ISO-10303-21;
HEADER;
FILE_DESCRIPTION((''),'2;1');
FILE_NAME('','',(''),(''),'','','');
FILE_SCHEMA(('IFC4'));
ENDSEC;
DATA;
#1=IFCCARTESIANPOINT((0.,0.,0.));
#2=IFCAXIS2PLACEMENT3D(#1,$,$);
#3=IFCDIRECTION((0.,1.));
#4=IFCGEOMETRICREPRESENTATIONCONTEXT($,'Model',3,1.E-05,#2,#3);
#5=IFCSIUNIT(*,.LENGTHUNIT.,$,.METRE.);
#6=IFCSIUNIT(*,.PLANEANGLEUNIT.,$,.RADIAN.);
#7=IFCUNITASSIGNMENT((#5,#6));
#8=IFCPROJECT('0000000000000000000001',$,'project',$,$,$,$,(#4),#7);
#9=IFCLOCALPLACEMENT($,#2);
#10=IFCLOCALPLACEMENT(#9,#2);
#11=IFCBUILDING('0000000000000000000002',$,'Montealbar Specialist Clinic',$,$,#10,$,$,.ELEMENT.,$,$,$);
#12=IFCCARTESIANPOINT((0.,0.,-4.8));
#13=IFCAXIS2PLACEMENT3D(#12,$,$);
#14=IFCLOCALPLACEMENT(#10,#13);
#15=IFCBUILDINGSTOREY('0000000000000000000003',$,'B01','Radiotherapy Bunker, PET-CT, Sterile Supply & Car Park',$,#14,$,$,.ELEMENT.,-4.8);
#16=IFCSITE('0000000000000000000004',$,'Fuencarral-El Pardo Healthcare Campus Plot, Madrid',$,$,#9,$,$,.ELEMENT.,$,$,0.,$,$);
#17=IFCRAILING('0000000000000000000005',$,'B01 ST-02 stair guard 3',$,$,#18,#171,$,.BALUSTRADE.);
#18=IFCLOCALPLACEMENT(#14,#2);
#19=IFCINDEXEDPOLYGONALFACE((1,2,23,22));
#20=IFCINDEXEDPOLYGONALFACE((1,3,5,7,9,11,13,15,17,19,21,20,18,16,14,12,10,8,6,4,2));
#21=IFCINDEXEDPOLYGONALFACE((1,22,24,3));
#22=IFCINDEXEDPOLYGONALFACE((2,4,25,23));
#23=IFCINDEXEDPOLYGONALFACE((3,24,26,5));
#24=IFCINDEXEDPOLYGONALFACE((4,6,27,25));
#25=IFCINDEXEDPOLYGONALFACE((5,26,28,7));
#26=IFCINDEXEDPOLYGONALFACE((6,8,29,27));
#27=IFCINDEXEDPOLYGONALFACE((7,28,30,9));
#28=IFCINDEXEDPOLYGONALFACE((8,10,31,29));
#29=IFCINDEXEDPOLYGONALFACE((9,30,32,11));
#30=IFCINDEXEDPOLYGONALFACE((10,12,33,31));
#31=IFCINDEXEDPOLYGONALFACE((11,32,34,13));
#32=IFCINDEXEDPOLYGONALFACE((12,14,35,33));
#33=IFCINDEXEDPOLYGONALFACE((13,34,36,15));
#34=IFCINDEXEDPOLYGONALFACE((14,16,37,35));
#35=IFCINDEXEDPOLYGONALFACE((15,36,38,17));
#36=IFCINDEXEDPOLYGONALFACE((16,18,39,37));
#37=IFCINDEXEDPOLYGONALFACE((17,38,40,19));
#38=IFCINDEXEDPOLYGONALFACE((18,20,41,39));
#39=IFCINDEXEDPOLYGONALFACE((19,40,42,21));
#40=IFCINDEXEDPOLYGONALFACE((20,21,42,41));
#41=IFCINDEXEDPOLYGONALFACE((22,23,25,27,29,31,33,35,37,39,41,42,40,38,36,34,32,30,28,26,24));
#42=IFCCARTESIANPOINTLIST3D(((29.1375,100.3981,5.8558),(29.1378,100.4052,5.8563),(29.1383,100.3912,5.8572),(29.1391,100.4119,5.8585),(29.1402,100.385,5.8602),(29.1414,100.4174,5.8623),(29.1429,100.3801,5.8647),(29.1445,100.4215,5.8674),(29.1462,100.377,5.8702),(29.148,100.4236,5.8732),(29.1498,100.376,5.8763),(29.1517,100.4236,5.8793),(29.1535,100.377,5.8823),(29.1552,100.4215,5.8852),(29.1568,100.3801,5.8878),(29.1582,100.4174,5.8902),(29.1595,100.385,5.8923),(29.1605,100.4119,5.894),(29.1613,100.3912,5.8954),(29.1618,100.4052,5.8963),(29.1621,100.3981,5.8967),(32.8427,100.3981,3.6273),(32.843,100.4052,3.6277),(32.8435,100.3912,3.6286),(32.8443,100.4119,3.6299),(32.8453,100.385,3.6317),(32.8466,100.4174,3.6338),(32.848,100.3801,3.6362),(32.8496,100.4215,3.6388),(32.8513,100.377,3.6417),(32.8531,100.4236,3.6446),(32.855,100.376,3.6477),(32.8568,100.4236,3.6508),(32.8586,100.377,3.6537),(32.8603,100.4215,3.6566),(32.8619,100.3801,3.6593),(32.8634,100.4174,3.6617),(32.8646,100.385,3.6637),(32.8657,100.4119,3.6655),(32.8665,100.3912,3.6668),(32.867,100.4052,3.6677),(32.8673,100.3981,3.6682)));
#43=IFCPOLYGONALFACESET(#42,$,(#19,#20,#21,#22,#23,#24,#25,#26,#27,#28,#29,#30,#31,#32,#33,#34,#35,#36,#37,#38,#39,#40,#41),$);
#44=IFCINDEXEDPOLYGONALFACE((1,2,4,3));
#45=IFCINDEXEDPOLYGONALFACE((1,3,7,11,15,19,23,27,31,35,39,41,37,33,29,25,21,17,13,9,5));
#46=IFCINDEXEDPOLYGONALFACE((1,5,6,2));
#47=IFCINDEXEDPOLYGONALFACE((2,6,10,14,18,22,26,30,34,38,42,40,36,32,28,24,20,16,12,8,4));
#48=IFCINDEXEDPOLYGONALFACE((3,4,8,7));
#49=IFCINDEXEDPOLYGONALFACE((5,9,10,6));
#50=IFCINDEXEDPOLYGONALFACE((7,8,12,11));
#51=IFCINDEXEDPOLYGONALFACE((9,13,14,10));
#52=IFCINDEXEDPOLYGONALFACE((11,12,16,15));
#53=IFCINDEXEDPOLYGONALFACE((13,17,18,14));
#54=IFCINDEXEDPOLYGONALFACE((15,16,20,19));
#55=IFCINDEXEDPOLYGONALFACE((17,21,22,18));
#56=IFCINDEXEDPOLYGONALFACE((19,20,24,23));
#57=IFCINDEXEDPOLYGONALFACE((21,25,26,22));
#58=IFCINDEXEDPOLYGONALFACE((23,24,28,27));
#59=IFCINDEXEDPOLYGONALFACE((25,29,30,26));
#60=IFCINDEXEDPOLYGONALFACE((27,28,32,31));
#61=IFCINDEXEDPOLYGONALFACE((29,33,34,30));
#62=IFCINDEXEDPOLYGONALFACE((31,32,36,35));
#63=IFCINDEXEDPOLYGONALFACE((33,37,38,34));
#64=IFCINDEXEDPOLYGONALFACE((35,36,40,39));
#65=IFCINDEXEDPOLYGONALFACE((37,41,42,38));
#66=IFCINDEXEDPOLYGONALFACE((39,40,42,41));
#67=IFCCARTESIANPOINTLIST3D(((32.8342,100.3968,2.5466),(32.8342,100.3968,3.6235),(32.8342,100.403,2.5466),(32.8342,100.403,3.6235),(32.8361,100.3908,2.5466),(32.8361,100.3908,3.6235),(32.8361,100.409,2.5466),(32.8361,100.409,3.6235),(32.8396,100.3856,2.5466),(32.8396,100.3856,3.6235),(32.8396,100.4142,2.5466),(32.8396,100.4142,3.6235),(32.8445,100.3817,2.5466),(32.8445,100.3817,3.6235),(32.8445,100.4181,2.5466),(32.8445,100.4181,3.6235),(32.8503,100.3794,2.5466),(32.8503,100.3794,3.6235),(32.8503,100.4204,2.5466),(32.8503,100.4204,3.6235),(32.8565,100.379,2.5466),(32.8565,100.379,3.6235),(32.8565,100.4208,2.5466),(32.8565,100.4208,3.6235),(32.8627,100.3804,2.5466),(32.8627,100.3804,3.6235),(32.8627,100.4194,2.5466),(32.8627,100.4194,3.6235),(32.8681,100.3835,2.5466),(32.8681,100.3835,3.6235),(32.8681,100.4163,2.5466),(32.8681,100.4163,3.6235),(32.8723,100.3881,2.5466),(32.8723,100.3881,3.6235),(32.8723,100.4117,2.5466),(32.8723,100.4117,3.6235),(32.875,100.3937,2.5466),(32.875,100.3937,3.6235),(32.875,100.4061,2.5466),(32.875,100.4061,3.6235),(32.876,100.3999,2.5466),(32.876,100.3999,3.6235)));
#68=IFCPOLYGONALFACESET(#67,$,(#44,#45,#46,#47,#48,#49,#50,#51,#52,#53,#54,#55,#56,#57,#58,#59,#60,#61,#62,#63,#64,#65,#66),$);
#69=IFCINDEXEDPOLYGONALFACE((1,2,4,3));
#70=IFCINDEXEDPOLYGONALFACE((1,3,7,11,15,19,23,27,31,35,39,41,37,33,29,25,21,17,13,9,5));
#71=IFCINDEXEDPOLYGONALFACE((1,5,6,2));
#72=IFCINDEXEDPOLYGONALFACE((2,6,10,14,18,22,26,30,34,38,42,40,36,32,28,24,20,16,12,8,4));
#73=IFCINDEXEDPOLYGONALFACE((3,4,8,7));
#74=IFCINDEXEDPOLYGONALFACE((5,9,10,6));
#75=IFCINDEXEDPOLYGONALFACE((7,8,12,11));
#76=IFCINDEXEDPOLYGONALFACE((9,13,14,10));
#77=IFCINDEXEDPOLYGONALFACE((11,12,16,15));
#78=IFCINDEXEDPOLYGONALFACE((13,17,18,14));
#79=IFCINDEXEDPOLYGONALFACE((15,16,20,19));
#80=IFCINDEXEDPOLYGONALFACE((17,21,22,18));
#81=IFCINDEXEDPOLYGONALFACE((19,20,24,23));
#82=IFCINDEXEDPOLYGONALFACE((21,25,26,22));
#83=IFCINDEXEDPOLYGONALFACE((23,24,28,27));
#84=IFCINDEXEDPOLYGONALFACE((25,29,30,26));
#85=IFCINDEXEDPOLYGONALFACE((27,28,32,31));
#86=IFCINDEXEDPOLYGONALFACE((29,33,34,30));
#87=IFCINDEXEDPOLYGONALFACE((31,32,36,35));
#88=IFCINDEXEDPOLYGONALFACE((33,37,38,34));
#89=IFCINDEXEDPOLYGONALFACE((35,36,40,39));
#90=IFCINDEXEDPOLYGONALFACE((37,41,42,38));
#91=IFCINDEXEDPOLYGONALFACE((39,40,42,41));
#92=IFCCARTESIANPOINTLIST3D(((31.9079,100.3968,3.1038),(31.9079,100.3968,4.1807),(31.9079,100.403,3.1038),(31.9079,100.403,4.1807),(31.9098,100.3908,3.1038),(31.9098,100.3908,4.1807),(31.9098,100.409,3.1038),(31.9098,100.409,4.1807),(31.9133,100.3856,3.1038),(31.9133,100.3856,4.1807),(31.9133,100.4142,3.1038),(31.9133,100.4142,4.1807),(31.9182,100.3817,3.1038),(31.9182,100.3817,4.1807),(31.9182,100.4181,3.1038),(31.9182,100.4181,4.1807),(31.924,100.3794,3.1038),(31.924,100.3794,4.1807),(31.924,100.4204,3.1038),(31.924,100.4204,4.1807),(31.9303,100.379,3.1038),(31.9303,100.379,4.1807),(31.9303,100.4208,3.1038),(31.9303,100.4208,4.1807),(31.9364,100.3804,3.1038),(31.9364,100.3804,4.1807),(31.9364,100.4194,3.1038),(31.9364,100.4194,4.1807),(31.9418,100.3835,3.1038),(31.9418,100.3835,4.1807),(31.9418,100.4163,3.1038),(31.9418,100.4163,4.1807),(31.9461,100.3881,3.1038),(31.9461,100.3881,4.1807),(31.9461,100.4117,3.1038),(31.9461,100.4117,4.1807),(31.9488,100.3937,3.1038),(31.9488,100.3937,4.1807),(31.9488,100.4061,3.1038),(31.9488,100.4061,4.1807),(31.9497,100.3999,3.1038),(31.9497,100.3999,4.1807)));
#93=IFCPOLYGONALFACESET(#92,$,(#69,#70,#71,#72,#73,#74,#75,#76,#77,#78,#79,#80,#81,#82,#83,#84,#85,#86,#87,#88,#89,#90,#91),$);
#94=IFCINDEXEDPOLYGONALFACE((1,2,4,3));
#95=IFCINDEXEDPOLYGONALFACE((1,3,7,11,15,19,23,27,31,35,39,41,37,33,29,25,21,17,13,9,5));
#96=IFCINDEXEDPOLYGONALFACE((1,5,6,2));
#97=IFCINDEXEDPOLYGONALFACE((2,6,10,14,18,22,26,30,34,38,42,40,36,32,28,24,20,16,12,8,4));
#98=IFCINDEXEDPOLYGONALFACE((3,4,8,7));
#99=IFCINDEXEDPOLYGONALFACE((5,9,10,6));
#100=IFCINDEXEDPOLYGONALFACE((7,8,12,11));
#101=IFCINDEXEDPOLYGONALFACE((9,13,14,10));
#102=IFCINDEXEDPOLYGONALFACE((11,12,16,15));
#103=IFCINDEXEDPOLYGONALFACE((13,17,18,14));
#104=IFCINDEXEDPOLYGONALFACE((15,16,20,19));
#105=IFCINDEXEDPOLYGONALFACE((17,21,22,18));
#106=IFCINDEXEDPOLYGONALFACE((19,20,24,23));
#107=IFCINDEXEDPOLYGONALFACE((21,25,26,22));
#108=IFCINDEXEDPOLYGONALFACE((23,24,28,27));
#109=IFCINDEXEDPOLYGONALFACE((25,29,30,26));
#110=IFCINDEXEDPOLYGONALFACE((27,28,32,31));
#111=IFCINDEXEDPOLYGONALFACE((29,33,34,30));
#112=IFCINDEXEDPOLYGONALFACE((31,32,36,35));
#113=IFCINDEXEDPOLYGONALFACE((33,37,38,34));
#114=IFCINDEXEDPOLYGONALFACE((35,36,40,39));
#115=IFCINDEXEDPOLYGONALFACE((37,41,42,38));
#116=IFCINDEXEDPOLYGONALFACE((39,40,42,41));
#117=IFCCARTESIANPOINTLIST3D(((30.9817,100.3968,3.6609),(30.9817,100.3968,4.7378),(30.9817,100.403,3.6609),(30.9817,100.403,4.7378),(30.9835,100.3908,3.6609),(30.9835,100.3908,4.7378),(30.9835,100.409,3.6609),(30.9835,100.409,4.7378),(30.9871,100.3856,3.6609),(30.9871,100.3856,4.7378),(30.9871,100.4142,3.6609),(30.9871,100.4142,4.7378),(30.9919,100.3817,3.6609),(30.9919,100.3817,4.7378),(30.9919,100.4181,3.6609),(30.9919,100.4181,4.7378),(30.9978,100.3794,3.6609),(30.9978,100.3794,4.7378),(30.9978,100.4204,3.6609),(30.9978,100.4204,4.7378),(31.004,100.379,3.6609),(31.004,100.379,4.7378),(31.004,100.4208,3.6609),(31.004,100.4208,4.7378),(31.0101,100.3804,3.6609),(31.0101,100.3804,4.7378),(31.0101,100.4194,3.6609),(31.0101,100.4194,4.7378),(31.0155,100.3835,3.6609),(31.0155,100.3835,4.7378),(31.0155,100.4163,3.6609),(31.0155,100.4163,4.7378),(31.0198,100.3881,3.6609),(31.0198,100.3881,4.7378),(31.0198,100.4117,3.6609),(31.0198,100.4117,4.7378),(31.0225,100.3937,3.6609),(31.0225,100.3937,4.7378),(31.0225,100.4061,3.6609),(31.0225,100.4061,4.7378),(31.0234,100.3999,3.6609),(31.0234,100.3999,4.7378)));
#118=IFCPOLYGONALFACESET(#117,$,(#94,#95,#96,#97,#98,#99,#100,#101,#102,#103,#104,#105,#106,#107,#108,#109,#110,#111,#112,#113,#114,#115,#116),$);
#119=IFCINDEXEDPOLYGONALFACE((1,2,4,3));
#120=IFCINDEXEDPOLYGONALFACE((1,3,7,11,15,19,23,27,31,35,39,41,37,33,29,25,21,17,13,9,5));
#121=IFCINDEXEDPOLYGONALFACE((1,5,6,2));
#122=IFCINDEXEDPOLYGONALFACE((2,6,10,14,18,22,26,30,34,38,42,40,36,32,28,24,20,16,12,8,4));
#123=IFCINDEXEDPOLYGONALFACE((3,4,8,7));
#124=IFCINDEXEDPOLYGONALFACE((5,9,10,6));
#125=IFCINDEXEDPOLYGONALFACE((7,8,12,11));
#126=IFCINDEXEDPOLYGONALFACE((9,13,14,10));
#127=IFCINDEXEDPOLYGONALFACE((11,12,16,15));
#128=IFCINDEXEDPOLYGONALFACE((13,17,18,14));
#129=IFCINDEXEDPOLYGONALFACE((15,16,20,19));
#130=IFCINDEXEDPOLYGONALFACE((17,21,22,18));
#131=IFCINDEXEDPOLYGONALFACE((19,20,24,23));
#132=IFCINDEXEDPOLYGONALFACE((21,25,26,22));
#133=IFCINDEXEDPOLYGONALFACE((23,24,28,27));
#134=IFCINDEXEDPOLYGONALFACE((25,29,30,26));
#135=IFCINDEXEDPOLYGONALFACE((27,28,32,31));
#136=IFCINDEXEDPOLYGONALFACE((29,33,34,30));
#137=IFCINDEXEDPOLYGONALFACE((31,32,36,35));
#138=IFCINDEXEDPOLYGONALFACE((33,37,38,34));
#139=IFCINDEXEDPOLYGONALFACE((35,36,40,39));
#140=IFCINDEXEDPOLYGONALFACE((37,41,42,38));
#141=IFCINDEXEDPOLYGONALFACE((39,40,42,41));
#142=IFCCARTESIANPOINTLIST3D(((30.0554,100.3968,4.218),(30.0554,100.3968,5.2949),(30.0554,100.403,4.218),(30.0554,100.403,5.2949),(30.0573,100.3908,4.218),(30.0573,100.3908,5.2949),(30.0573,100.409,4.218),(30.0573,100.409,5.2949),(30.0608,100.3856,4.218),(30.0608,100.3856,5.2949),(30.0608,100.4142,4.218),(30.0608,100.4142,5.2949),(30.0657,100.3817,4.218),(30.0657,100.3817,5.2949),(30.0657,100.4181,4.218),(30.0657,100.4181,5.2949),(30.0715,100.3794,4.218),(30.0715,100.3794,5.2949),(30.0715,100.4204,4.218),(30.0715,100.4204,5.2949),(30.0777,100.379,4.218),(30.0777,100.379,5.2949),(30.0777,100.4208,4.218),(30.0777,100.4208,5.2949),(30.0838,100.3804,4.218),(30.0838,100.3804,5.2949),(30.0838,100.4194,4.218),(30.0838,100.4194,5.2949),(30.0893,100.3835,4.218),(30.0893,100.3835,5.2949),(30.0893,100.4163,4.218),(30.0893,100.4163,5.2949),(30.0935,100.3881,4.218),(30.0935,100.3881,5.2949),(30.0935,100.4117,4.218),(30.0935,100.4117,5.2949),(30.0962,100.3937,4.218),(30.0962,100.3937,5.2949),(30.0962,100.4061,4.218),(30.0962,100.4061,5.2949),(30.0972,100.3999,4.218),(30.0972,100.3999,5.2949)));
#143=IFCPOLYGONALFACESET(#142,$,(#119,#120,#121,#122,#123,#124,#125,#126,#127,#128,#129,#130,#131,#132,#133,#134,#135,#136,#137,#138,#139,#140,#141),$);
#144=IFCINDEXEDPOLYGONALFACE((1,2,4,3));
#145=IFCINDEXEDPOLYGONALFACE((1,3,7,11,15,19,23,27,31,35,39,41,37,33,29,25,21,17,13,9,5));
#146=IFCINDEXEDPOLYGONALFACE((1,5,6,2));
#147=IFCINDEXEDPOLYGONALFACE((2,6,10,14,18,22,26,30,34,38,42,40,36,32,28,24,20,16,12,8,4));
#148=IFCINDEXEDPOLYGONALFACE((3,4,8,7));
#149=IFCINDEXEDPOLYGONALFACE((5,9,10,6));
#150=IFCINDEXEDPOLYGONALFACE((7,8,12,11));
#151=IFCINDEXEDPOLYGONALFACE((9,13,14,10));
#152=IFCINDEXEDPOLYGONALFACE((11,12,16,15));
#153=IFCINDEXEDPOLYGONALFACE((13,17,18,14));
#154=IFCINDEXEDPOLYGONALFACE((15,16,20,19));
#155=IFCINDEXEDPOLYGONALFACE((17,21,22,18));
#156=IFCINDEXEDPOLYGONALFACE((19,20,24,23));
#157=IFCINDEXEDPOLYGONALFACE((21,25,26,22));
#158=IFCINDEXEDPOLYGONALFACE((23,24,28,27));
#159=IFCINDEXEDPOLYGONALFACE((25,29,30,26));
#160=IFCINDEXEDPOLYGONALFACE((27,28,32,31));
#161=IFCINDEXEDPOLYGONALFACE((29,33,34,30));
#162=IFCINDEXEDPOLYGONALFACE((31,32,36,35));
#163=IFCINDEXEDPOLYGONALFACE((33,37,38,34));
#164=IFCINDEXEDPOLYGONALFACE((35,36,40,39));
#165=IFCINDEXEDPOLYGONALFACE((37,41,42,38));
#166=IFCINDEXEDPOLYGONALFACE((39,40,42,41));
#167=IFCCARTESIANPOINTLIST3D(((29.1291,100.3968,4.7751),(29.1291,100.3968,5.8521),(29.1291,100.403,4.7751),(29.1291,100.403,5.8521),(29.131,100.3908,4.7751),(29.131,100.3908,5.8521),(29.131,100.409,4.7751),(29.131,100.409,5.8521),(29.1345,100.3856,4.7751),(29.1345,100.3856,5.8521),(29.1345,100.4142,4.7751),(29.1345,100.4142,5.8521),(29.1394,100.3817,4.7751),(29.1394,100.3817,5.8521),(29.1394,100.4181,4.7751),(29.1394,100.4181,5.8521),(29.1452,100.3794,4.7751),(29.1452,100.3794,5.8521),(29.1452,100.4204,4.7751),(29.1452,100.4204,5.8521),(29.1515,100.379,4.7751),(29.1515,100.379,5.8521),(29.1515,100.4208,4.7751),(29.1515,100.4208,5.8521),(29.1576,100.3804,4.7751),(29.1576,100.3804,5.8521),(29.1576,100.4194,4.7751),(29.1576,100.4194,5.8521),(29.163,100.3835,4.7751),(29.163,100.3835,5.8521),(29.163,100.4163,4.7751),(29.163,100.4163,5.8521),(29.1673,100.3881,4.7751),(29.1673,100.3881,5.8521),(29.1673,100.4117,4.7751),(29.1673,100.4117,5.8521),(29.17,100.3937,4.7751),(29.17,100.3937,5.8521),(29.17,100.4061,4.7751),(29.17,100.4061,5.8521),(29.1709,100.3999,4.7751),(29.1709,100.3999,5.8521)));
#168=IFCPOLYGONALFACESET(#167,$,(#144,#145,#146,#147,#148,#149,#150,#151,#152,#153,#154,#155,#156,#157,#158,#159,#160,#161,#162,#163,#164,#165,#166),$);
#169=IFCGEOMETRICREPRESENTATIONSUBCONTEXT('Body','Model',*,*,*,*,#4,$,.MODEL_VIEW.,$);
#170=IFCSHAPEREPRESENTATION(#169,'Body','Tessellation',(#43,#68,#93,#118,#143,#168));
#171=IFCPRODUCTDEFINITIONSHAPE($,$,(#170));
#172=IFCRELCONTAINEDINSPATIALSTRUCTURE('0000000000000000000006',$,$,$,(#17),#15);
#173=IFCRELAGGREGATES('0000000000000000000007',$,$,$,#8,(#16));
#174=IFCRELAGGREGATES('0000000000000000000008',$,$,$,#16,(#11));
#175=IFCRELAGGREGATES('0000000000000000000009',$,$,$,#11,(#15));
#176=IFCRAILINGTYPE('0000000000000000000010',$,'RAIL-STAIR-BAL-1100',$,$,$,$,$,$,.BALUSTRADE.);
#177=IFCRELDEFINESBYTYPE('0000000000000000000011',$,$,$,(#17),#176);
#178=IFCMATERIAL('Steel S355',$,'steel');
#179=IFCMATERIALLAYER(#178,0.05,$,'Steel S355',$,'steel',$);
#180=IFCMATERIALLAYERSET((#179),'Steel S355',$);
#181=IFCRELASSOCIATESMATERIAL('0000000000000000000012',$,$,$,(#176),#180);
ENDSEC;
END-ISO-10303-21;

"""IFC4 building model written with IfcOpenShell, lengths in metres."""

from ifc_helpers import new_model, si_unit, direction, frame, origin, origin_2d, place, context, subcontext, project, spatial, circle, extrude, material, layer, layer_set, type_object, element, save


model = new_model("IFC4")

# Units and contexts
model_context = context("Model", 3, precision=1e-05, world=origin(), true_north=direction((0.0, 1.0)))
body_context = subcontext(model_context, "Body", "Model", "MODEL_VIEW")
ifc_project = project(units=[si_unit("LENGTHUNIT", "METRE"), si_unit("PLANEANGLEUNIT", "RADIAN")], contexts=[model_context])

# Site, building, storey
site_placement = place(None, origin())
site = spatial("IfcSite", under=ifc_project, at=site_placement, Name="Fuencarral-El Pardo Healthcare Campus Plot, Madrid", CompositionType="ELEMENT", RefElevation=0.0)
building_placement = place(site_placement, origin())
building = spatial("IfcBuilding", under=site, at=building_placement, Name="Montealbar Specialist Clinic", CompositionType="ELEMENT")
storey_placement = place(building_placement, frame((0.0, 0.0, -4.8)))
storey = spatial("IfcBuildingStorey", under=building, at=storey_placement, Name="B01", Description="Radiotherapy Bunker, PET-CT, Sterile Supply & Car Park", CompositionType="ELEMENT", Elevation=-4.8)

# Shared definitions
ifc_material_1 = material(Name="Steel S355", Category="steel")

# Railing
ifc_layer_1 = layer(ifc_material_1, 0.05, Name="Steel S355", Category="steel")
ifc_layer_set_1 = layer_set([ifc_layer_1], Name="Steel S355")
railing_type_1 = type_object("IfcRailingType", Name="RAIL-STAIR-BAL-1100", PredefinedType="BALUSTRADE", material=ifc_layer_set_1)
railing_1_placement = place(storey_placement, frame((32.855, 100.3999, 2.5715)))
element("IfcRailing", 1, at=railing_1_placement, inside=storey, type_object=railing_type_1, Name="B01 ST-02 stair guard 3", PredefinedType="BALUSTRADE", context=body_context, shape_type="SweptSolid", body=[
    extrude(circle(Radius=0.0239, at=origin_2d()), frame((0.0, 0.0, 1.0762), z_axis=(-0.856934, 0.0, 0.515425), x_axis=(0.0, -1.0, 0.0)), (0.0, 0.0, 1.0), 4.3237),
    extrude(circle(Radius=0.021, at=origin_2d()), frame((0.0, 0.0, -0.0249)), (0.0, 0.0, 1.0), 1.0769),
    extrude(circle(Radius=0.021, at=origin_2d()), frame((-0.9263, 0.0, 0.5322)), (0.0, 0.0, 1.0), 1.0769),
    extrude(circle(Radius=0.021, at=origin_2d()), frame((-1.8525, 0.0, 1.0894)), (0.0, 0.0, 1.0), 1.0769),
    extrude(circle(Radius=0.021, at=origin_2d()), frame((-2.7788, 0.0, 1.6465)), (0.0, 0.0, 1.0), 1.0769),
    extrude(circle(Radius=0.021, at=origin_2d()), frame((-3.7051, 0.0, 2.2036)), (0.0, 0.0, 1.0), 1.0769),
])

save(model, "model.ifc")
